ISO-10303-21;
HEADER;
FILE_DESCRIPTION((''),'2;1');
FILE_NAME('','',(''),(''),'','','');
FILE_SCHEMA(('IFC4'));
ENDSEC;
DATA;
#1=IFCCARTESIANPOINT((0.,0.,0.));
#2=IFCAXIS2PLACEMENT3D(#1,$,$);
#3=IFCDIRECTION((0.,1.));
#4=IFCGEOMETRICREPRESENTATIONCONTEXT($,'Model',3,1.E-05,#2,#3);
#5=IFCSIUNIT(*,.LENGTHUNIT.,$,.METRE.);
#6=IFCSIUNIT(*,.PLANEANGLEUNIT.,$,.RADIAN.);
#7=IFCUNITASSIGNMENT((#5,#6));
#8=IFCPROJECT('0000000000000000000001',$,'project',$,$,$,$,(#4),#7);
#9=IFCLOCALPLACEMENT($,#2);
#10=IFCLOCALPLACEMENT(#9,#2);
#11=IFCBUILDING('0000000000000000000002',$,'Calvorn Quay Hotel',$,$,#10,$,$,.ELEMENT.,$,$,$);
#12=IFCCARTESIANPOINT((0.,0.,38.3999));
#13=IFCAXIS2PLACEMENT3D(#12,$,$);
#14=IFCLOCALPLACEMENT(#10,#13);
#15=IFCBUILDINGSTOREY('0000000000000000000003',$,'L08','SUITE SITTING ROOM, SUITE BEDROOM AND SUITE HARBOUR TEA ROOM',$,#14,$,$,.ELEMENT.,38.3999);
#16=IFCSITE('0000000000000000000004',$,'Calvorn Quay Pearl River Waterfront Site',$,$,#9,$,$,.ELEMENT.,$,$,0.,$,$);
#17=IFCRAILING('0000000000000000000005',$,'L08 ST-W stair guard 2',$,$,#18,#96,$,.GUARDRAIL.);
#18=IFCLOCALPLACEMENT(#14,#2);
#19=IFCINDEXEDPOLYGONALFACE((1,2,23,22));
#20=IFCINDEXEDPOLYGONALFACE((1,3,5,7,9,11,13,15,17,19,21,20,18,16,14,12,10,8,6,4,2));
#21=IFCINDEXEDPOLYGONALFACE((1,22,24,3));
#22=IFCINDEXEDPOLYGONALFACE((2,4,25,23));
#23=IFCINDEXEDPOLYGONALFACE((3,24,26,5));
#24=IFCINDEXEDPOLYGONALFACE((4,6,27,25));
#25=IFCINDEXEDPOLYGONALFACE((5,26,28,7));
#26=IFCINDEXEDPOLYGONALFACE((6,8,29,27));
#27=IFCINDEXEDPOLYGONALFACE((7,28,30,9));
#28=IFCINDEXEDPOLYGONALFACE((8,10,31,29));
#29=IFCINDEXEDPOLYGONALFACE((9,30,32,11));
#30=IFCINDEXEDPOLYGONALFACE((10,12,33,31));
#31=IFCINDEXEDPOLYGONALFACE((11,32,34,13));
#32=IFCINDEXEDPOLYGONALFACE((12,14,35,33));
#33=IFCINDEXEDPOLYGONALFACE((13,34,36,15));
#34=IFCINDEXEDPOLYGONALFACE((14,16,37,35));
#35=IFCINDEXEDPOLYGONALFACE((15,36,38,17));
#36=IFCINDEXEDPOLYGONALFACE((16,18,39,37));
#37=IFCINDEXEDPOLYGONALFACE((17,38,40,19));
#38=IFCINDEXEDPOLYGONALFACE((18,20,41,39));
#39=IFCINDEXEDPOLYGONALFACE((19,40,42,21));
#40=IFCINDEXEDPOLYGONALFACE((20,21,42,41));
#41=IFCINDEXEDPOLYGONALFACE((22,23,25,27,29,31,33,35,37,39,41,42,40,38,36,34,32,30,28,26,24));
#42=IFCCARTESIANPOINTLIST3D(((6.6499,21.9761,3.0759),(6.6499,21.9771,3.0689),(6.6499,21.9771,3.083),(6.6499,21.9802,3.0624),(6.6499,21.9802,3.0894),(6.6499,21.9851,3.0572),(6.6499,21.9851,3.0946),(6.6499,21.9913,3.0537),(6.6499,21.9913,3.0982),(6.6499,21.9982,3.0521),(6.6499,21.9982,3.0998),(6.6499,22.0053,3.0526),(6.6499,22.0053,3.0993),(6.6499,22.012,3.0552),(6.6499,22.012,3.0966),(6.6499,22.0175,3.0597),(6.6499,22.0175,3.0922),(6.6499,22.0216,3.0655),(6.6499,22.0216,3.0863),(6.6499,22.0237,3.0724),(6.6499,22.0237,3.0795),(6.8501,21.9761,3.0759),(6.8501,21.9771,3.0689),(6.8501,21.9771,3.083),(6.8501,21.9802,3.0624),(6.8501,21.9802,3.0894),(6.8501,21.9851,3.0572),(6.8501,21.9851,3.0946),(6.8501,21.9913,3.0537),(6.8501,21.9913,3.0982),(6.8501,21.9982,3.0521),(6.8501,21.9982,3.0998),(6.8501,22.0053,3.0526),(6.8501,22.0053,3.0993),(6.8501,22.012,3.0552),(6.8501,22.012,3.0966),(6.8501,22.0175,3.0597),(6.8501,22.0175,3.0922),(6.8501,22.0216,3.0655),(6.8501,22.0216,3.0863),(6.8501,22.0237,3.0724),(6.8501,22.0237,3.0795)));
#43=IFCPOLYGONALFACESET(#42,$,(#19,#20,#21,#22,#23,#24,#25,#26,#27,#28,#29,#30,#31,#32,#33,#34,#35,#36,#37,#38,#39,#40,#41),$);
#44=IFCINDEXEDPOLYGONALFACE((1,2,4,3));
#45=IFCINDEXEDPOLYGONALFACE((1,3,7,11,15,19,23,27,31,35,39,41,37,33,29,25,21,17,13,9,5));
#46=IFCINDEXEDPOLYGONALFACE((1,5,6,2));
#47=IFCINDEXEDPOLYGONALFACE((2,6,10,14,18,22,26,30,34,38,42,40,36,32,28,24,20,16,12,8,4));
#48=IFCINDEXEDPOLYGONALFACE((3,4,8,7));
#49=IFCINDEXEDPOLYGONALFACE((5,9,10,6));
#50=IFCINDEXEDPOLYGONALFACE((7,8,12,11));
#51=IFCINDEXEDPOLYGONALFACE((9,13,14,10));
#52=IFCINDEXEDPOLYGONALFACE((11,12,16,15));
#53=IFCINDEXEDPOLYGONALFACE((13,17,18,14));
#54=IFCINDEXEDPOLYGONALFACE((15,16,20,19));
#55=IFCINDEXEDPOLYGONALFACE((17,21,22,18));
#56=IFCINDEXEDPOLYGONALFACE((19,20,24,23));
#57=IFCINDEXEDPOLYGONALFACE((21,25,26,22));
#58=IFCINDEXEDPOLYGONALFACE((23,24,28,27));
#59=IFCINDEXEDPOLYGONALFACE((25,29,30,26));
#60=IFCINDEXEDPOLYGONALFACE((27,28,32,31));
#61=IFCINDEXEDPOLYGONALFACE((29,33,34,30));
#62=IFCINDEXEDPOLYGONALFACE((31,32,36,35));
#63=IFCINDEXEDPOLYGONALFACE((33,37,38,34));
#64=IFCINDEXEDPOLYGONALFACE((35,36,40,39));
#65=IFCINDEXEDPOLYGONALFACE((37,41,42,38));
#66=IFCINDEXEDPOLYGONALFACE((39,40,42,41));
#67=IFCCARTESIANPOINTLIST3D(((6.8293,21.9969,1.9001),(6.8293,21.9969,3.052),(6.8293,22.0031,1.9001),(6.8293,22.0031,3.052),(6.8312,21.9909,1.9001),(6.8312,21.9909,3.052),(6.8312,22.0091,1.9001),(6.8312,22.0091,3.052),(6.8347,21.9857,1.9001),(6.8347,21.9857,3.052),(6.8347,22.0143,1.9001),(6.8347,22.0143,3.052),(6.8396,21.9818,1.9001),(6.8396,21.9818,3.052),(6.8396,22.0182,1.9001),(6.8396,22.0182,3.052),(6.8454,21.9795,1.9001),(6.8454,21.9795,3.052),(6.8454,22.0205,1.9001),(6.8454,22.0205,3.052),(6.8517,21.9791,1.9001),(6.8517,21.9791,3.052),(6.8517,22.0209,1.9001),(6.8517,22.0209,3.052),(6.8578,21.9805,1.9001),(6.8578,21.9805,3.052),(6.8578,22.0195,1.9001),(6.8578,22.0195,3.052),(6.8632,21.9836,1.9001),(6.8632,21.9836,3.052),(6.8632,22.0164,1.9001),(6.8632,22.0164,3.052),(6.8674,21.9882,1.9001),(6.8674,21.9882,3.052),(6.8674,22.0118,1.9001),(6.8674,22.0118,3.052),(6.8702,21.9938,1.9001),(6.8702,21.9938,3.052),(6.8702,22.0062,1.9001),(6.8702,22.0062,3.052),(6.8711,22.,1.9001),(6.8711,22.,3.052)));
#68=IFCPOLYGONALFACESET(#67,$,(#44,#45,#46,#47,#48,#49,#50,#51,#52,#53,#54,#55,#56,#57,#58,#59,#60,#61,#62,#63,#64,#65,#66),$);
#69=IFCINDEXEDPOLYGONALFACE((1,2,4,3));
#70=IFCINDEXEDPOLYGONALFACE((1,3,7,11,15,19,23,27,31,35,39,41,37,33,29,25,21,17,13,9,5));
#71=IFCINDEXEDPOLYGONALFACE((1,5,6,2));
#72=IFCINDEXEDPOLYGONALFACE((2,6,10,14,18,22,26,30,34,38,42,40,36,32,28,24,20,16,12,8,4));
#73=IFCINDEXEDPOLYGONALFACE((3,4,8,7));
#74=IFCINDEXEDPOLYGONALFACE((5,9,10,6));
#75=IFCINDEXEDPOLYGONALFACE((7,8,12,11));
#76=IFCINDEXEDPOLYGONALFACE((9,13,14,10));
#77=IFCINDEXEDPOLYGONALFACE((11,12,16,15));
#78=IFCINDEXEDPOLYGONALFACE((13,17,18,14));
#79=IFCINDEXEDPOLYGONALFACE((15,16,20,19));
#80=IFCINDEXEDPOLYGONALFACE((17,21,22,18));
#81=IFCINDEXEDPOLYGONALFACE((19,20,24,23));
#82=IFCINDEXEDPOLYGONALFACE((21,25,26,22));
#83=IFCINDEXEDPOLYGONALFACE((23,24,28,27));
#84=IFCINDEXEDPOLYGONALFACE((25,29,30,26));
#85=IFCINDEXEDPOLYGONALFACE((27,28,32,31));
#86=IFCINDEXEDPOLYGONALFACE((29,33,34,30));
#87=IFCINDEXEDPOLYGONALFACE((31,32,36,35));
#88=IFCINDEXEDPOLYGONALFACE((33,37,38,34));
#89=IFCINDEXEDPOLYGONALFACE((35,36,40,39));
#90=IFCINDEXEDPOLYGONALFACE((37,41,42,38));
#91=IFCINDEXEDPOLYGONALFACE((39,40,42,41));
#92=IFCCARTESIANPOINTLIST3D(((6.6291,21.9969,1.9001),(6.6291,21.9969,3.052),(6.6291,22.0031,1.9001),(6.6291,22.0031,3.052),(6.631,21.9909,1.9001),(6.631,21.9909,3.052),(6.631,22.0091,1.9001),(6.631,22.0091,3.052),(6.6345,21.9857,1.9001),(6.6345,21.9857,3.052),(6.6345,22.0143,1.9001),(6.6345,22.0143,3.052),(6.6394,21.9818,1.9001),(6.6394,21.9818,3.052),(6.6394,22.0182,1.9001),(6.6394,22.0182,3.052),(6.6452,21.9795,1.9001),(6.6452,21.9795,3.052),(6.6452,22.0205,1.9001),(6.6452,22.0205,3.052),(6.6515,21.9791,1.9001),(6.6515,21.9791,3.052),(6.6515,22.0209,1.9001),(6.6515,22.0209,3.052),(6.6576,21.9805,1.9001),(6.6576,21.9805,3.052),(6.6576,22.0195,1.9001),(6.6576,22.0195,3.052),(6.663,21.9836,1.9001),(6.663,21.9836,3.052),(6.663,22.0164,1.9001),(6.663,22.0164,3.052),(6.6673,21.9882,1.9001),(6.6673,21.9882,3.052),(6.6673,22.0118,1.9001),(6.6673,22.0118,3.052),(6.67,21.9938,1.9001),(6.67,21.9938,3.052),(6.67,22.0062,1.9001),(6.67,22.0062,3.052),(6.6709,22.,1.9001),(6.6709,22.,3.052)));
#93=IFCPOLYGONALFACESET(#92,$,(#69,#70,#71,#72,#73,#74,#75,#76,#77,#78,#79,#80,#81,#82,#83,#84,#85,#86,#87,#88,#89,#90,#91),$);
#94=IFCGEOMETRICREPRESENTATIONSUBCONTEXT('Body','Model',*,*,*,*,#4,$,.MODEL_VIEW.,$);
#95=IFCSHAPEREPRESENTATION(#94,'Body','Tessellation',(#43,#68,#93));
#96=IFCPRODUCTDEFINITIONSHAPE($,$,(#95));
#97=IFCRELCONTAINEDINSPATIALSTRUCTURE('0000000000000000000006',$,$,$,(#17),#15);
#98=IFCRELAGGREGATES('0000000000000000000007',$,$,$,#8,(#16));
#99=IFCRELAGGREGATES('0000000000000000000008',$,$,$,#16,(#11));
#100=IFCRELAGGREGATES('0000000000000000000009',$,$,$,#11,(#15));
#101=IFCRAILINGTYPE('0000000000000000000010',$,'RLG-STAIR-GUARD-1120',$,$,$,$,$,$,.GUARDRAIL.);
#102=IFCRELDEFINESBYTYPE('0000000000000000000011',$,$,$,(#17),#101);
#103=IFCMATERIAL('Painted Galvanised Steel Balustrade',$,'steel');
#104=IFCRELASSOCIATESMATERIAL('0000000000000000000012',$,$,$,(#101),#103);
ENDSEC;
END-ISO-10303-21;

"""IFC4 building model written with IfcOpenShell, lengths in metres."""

from ifc_helpers import new_model, si_unit, direction, frame, origin, origin_2d, place, context, subcontext, project, spatial, circle, extrude, material, type_object, element, save


model = new_model("IFC4")

# Units and contexts
model_context = context("Model", 3, precision=1e-05, world=origin(), true_north=direction((0.0, 1.0)))
body_context = subcontext(model_context, "Body", "Model", "MODEL_VIEW")
ifc_project = project(units=[si_unit("LENGTHUNIT", "METRE"), si_unit("PLANEANGLEUNIT", "RADIAN")], contexts=[model_context])

# Site, building, storey
site_placement = place(None, origin())
site = spatial("IfcSite", under=ifc_project, at=site_placement, Name="Calvorn Quay Pearl River Waterfront Site", CompositionType="ELEMENT", RefElevation=0.0)
building_placement = place(site_placement, origin())
building = spatial("IfcBuilding", under=site, at=building_placement, Name="Calvorn Quay Hotel", CompositionType="ELEMENT")
storey_placement = place(building_placement, frame((0.0, 0.0, 38.3999)))
storey = spatial("IfcBuildingStorey", under=building, at=storey_placement, Name="L08", Description="SUITE SITTING ROOM, SUITE BEDROOM AND SUITE HARBOUR TEA ROOM", CompositionType="ELEMENT", Elevation=38.3999)

# Railing
ifc_material_1 = material(Name="Painted Galvanised Steel Balustrade", Category="steel")
railing_type_1 = type_object("IfcRailingType", Name="RLG-STAIR-GUARD-1120", PredefinedType="GUARDRAIL", material=ifc_material_1)
railing_1_placement = place(storey_placement, frame((6.8501, 22.0, 1.9001)))
element("IfcRailing", 1, at=railing_1_placement, inside=storey, type_object=railing_type_1, Name="L08 ST-W stair guard 2", PredefinedType="GUARDRAIL", context=body_context, shape_type="SweptSolid", body=[
    extrude(circle(Radius=0.0239, at=origin_2d()), frame((0.0, 0.0, 1.1758), z_axis=(-1.0, 0.0, 0.0), x_axis=(0.0, -1.0, 0.0)), (0.0, 0.0, 1.0), 0.2002),
    extrude(circle(Radius=0.021, at=origin_2d()), origin(), (0.0, 0.0, 1.0), 1.1519),
    extrude(circle(Radius=0.021, at=origin_2d()), frame((-0.2002, 0.0, 0.0)), (0.0, 0.0, 1.0), 1.1519),
])

save(model, "model.ifc")
